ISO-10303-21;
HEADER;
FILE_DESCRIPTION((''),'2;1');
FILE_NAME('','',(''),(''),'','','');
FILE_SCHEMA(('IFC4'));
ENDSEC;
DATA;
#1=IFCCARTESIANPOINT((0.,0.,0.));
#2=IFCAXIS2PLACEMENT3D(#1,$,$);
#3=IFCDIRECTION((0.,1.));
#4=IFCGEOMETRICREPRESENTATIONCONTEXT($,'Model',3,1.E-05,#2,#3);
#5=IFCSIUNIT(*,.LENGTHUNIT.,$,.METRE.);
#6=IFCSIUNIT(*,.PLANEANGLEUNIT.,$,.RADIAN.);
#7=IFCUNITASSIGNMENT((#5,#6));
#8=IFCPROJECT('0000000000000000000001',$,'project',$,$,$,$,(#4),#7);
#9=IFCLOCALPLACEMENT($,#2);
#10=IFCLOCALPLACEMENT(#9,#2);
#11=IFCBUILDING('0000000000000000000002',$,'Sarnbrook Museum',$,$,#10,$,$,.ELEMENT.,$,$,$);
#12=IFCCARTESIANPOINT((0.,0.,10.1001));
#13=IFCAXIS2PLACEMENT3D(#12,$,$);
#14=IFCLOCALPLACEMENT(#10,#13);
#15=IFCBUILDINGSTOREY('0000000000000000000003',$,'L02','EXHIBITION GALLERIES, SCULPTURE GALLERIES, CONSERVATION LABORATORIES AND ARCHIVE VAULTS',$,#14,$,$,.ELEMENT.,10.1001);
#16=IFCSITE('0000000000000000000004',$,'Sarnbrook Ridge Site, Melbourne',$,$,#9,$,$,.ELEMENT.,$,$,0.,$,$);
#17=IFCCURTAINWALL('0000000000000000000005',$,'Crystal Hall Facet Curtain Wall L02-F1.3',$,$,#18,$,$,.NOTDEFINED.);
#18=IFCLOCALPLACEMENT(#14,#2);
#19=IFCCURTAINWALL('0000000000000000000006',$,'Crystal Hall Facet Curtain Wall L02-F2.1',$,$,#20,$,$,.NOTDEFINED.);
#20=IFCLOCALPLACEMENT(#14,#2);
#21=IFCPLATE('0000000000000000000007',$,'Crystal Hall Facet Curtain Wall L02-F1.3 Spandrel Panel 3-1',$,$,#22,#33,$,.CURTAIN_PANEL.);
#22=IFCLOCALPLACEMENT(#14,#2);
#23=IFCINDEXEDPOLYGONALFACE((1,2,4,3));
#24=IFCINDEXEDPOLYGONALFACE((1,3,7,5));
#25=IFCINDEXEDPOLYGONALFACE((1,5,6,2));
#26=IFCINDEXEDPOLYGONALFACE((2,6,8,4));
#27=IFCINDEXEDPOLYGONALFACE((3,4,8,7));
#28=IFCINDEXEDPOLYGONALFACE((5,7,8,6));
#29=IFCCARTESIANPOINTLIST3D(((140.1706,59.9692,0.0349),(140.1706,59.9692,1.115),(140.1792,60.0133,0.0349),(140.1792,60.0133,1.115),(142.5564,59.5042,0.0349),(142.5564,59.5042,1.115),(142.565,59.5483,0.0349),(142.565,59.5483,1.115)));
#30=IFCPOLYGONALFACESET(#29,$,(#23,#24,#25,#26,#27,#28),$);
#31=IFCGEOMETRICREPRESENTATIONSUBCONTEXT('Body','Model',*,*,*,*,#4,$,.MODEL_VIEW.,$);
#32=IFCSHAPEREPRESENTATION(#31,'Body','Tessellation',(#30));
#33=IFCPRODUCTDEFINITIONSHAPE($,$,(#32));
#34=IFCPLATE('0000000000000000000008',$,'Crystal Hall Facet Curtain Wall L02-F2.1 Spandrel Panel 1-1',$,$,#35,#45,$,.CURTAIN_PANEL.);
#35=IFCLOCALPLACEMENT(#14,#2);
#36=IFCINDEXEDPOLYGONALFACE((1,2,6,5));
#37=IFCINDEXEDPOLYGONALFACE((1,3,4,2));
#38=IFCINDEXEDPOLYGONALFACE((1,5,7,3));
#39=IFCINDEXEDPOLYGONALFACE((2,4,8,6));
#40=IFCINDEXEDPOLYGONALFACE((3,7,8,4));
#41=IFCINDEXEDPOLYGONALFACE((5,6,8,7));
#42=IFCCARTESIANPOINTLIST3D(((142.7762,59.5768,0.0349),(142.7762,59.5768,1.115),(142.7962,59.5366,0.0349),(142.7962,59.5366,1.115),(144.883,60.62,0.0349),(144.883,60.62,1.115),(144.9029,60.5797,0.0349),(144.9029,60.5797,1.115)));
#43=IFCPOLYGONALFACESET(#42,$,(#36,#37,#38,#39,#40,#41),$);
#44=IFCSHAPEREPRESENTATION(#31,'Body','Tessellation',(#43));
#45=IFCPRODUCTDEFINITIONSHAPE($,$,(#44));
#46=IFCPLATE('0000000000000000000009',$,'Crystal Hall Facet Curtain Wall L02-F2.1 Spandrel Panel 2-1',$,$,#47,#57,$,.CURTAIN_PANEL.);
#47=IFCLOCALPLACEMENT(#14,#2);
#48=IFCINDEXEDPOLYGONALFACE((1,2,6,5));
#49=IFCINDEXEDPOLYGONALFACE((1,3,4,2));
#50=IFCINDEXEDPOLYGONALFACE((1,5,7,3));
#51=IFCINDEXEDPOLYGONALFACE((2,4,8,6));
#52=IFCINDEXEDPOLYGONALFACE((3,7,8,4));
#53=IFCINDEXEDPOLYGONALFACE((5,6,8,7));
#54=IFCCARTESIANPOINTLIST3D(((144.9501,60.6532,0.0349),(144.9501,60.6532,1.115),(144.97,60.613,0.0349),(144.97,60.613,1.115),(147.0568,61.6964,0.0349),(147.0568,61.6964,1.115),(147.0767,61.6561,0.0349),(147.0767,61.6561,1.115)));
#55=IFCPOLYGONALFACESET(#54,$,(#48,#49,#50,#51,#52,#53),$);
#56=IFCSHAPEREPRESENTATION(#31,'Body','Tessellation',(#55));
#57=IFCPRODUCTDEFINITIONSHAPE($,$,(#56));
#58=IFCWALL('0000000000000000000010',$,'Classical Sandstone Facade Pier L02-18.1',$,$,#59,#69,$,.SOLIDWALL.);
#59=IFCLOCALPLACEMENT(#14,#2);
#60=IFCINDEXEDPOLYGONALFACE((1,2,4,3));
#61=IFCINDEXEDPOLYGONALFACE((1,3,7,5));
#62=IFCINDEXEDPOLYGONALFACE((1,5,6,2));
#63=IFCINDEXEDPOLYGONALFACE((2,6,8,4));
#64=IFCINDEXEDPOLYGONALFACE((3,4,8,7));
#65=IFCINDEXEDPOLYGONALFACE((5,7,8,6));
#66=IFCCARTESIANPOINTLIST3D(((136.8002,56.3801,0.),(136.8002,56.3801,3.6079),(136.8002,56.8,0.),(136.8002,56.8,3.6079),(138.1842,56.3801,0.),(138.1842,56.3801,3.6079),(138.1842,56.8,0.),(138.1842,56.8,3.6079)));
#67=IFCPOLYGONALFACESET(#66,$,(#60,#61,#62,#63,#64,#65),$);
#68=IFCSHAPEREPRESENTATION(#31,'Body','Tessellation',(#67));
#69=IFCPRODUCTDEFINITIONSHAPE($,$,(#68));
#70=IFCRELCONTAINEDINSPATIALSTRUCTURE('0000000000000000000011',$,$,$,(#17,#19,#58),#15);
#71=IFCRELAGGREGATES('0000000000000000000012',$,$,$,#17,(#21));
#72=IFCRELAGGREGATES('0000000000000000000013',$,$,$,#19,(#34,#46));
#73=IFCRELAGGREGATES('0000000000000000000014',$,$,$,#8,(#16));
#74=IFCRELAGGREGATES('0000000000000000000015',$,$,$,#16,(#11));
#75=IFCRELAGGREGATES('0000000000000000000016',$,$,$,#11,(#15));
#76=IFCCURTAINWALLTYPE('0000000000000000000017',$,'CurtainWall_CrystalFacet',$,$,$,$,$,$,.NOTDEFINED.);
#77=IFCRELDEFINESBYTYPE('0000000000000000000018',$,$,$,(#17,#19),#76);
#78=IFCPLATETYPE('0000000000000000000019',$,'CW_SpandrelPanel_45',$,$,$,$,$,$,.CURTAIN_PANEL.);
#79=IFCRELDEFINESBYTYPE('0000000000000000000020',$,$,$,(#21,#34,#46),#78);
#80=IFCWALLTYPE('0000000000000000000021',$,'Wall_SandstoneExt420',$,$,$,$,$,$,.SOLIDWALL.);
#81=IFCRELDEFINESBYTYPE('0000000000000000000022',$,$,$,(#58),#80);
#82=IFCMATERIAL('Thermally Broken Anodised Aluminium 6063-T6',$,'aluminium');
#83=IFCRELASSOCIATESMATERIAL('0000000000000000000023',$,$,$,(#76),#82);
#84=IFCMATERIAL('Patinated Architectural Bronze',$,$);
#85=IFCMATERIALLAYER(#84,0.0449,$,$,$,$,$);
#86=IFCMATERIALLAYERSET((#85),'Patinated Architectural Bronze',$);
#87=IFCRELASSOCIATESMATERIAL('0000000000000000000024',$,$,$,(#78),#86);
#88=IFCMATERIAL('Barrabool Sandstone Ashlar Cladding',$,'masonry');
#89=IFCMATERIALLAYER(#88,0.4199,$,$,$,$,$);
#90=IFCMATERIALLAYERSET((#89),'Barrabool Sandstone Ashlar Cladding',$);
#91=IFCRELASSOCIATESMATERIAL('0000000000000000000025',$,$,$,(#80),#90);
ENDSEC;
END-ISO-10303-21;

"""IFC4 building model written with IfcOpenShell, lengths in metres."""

from ifc_helpers import new_model, si_unit, direction, frame, frame_2d, origin, origin_2d, place, context, subcontext, project, spatial, rectangle, extrude, material, layer, layer_set, type_object, element, aggregate, save


model = new_model("IFC4")

# Units and contexts
model_context = context("Model", 3, precision=1e-05, world=origin(), true_north=direction((0.0, 1.0)))
body_context = subcontext(model_context, "Body", "Model", "MODEL_VIEW")
ifc_project = project(units=[si_unit("LENGTHUNIT", "METRE"), si_unit("PLANEANGLEUNIT", "RADIAN")], contexts=[model_context])

# Site, building, storey
site_placement = place(None, origin())
site = spatial("IfcSite", under=ifc_project, at=site_placement, Name="Sarnbrook Ridge Site, Melbourne", CompositionType="ELEMENT", RefElevation=0.0)
building_placement = place(site_placement, origin())
building = spatial("IfcBuilding", under=site, at=building_placement, Name="Sarnbrook Museum", CompositionType="ELEMENT")
storey_placement = place(building_placement, frame((0.0, 0.0, 10.1001)))
storey = spatial("IfcBuildingStorey", under=building, at=storey_placement, Name="L02", Description="EXHIBITION GALLERIES, SCULPTURE GALLERIES, CONSERVATION LABORATORIES AND ARCHIVE VAULTS", CompositionType="ELEMENT", Elevation=10.1001)

# Shared definitions
ifc_material_1 = material(Name="Thermally Broken Anodised Aluminium 6063-T6", Category="aluminium")

# Curtain walls
curtain_wall_type_1 = type_object("IfcCurtainWallType", Name="CurtainWall_CrystalFacet", PredefinedType="NOTDEFINED", material=ifc_material_1)
curtain_wall_1_placement = place(storey_placement, origin())
curtain_wall_1 = element("IfcCurtainWall", 1, at=curtain_wall_1_placement, inside=storey, type_object=curtain_wall_type_1, Name="Crystal Hall Facet Curtain Wall L02-F1.3", PredefinedType="NOTDEFINED")
curtain_wall_2_placement = place(storey_placement, origin())
curtain_wall_2 = element("IfcCurtainWall", 2, at=curtain_wall_2_placement, inside=storey, type_object=curtain_wall_type_1, Name="Crystal Hall Facet Curtain Wall L02-F2.1", PredefinedType="NOTDEFINED")

# Plates
ifc_material_2 = material(Name="Patinated Architectural Bronze")
ifc_layer_1 = layer(ifc_material_2, 0.0449)
ifc_layer_set_1 = layer_set([ifc_layer_1], Name="Patinated Architectural Bronze")
plate_type_1 = type_object("IfcPlateType", Name="CW_SpandrelPanel_45", PredefinedType="CURTAIN_PANEL", material=ifc_layer_set_1)
plate_1_placement = place(storey_placement, frame((141.3721, 59.7808, 0.575), z_axis=(-0.191313, -0.981529, 0.0), x_axis=(0.981529, -0.191313, 0.0)))
plate_1 = element("IfcPlate", 3, at=plate_1_placement, type_object=plate_type_1, Name="Crystal Hall Facet Curtain Wall L02-F1.3 Spandrel Panel 3-1", PredefinedType="CURTAIN_PANEL", context=body_context, shape_type="SweptSolid", body=[
    extrude(rectangle(XDim=2.4307, YDim=1.0801, at=origin_2d()), origin(), (0.0, 0.0, 1.0), 0.0449),
])
aggregate(curtain_wall_1, [plate_1])
plate_2_placement = place(storey_placement, frame((143.8296, 60.0984, 0.575), z_axis=(0.44373, -0.89616, 0.0), x_axis=(0.89616, 0.44373, 0.0)))
plate_2 = element("IfcPlate", 4, at=plate_2_placement, type_object=plate_type_1, Name="Crystal Hall Facet Curtain Wall L02-F2.1 Spandrel Panel 1-1", PredefinedType="CURTAIN_PANEL", context=body_context, shape_type="SweptSolid", body=[
    extrude(rectangle(XDim=2.3508, YDim=1.0801, at=origin_2d()), origin(), (0.0, 0.0, 1.0), 0.0449),
])
plate_3_placement = place(storey_placement, frame((146.0034, 61.1748, 0.575), z_axis=(0.44373, -0.89616, 0.0), x_axis=(0.89616, 0.44373, 0.0)))
plate_3 = element("IfcPlate", 5, at=plate_3_placement, type_object=plate_type_1, Name="Crystal Hall Facet Curtain Wall L02-F2.1 Spandrel Panel 2-1", PredefinedType="CURTAIN_PANEL", context=body_context, shape_type="SweptSolid", body=[
    extrude(rectangle(XDim=2.3508, YDim=1.0801, at=origin_2d()), origin(), (0.0, 0.0, 1.0), 0.0449),
])
aggregate(curtain_wall_2, [plate_2, plate_3])

# Wall
ifc_material_3 = material(Name="Barrabool Sandstone Ashlar Cladding", Category="masonry")
ifc_layer_2 = layer(ifc_material_3, 0.4199)
ifc_layer_set_2 = layer_set([ifc_layer_2], Name="Barrabool Sandstone Ashlar Cladding")
wall_type = type_object("IfcWallType", Name="Wall_SandstoneExt420", PredefinedType="SOLIDWALL", material=ifc_layer_set_2)
wall_placement = place(storey_placement, frame((138.1841, 56.5901, 0.0), z_axis=(0.0, 0.0, 1.0), x_axis=(-1.0, 0.0, 0.0)))
element("IfcWall", 6, at=wall_placement, inside=storey, type_object=wall_type, Name="Classical Sandstone Facade Pier L02-18.1", PredefinedType="SOLIDWALL", context=body_context, shape_type="SweptSolid", body=[
    extrude(rectangle(XDim=1.384, YDim=0.4199, at=frame_2d((0.6919, 0.0))), origin(), (0.0, 0.0, 1.0), 3.6079),
])

save(model, "model.ifc")
